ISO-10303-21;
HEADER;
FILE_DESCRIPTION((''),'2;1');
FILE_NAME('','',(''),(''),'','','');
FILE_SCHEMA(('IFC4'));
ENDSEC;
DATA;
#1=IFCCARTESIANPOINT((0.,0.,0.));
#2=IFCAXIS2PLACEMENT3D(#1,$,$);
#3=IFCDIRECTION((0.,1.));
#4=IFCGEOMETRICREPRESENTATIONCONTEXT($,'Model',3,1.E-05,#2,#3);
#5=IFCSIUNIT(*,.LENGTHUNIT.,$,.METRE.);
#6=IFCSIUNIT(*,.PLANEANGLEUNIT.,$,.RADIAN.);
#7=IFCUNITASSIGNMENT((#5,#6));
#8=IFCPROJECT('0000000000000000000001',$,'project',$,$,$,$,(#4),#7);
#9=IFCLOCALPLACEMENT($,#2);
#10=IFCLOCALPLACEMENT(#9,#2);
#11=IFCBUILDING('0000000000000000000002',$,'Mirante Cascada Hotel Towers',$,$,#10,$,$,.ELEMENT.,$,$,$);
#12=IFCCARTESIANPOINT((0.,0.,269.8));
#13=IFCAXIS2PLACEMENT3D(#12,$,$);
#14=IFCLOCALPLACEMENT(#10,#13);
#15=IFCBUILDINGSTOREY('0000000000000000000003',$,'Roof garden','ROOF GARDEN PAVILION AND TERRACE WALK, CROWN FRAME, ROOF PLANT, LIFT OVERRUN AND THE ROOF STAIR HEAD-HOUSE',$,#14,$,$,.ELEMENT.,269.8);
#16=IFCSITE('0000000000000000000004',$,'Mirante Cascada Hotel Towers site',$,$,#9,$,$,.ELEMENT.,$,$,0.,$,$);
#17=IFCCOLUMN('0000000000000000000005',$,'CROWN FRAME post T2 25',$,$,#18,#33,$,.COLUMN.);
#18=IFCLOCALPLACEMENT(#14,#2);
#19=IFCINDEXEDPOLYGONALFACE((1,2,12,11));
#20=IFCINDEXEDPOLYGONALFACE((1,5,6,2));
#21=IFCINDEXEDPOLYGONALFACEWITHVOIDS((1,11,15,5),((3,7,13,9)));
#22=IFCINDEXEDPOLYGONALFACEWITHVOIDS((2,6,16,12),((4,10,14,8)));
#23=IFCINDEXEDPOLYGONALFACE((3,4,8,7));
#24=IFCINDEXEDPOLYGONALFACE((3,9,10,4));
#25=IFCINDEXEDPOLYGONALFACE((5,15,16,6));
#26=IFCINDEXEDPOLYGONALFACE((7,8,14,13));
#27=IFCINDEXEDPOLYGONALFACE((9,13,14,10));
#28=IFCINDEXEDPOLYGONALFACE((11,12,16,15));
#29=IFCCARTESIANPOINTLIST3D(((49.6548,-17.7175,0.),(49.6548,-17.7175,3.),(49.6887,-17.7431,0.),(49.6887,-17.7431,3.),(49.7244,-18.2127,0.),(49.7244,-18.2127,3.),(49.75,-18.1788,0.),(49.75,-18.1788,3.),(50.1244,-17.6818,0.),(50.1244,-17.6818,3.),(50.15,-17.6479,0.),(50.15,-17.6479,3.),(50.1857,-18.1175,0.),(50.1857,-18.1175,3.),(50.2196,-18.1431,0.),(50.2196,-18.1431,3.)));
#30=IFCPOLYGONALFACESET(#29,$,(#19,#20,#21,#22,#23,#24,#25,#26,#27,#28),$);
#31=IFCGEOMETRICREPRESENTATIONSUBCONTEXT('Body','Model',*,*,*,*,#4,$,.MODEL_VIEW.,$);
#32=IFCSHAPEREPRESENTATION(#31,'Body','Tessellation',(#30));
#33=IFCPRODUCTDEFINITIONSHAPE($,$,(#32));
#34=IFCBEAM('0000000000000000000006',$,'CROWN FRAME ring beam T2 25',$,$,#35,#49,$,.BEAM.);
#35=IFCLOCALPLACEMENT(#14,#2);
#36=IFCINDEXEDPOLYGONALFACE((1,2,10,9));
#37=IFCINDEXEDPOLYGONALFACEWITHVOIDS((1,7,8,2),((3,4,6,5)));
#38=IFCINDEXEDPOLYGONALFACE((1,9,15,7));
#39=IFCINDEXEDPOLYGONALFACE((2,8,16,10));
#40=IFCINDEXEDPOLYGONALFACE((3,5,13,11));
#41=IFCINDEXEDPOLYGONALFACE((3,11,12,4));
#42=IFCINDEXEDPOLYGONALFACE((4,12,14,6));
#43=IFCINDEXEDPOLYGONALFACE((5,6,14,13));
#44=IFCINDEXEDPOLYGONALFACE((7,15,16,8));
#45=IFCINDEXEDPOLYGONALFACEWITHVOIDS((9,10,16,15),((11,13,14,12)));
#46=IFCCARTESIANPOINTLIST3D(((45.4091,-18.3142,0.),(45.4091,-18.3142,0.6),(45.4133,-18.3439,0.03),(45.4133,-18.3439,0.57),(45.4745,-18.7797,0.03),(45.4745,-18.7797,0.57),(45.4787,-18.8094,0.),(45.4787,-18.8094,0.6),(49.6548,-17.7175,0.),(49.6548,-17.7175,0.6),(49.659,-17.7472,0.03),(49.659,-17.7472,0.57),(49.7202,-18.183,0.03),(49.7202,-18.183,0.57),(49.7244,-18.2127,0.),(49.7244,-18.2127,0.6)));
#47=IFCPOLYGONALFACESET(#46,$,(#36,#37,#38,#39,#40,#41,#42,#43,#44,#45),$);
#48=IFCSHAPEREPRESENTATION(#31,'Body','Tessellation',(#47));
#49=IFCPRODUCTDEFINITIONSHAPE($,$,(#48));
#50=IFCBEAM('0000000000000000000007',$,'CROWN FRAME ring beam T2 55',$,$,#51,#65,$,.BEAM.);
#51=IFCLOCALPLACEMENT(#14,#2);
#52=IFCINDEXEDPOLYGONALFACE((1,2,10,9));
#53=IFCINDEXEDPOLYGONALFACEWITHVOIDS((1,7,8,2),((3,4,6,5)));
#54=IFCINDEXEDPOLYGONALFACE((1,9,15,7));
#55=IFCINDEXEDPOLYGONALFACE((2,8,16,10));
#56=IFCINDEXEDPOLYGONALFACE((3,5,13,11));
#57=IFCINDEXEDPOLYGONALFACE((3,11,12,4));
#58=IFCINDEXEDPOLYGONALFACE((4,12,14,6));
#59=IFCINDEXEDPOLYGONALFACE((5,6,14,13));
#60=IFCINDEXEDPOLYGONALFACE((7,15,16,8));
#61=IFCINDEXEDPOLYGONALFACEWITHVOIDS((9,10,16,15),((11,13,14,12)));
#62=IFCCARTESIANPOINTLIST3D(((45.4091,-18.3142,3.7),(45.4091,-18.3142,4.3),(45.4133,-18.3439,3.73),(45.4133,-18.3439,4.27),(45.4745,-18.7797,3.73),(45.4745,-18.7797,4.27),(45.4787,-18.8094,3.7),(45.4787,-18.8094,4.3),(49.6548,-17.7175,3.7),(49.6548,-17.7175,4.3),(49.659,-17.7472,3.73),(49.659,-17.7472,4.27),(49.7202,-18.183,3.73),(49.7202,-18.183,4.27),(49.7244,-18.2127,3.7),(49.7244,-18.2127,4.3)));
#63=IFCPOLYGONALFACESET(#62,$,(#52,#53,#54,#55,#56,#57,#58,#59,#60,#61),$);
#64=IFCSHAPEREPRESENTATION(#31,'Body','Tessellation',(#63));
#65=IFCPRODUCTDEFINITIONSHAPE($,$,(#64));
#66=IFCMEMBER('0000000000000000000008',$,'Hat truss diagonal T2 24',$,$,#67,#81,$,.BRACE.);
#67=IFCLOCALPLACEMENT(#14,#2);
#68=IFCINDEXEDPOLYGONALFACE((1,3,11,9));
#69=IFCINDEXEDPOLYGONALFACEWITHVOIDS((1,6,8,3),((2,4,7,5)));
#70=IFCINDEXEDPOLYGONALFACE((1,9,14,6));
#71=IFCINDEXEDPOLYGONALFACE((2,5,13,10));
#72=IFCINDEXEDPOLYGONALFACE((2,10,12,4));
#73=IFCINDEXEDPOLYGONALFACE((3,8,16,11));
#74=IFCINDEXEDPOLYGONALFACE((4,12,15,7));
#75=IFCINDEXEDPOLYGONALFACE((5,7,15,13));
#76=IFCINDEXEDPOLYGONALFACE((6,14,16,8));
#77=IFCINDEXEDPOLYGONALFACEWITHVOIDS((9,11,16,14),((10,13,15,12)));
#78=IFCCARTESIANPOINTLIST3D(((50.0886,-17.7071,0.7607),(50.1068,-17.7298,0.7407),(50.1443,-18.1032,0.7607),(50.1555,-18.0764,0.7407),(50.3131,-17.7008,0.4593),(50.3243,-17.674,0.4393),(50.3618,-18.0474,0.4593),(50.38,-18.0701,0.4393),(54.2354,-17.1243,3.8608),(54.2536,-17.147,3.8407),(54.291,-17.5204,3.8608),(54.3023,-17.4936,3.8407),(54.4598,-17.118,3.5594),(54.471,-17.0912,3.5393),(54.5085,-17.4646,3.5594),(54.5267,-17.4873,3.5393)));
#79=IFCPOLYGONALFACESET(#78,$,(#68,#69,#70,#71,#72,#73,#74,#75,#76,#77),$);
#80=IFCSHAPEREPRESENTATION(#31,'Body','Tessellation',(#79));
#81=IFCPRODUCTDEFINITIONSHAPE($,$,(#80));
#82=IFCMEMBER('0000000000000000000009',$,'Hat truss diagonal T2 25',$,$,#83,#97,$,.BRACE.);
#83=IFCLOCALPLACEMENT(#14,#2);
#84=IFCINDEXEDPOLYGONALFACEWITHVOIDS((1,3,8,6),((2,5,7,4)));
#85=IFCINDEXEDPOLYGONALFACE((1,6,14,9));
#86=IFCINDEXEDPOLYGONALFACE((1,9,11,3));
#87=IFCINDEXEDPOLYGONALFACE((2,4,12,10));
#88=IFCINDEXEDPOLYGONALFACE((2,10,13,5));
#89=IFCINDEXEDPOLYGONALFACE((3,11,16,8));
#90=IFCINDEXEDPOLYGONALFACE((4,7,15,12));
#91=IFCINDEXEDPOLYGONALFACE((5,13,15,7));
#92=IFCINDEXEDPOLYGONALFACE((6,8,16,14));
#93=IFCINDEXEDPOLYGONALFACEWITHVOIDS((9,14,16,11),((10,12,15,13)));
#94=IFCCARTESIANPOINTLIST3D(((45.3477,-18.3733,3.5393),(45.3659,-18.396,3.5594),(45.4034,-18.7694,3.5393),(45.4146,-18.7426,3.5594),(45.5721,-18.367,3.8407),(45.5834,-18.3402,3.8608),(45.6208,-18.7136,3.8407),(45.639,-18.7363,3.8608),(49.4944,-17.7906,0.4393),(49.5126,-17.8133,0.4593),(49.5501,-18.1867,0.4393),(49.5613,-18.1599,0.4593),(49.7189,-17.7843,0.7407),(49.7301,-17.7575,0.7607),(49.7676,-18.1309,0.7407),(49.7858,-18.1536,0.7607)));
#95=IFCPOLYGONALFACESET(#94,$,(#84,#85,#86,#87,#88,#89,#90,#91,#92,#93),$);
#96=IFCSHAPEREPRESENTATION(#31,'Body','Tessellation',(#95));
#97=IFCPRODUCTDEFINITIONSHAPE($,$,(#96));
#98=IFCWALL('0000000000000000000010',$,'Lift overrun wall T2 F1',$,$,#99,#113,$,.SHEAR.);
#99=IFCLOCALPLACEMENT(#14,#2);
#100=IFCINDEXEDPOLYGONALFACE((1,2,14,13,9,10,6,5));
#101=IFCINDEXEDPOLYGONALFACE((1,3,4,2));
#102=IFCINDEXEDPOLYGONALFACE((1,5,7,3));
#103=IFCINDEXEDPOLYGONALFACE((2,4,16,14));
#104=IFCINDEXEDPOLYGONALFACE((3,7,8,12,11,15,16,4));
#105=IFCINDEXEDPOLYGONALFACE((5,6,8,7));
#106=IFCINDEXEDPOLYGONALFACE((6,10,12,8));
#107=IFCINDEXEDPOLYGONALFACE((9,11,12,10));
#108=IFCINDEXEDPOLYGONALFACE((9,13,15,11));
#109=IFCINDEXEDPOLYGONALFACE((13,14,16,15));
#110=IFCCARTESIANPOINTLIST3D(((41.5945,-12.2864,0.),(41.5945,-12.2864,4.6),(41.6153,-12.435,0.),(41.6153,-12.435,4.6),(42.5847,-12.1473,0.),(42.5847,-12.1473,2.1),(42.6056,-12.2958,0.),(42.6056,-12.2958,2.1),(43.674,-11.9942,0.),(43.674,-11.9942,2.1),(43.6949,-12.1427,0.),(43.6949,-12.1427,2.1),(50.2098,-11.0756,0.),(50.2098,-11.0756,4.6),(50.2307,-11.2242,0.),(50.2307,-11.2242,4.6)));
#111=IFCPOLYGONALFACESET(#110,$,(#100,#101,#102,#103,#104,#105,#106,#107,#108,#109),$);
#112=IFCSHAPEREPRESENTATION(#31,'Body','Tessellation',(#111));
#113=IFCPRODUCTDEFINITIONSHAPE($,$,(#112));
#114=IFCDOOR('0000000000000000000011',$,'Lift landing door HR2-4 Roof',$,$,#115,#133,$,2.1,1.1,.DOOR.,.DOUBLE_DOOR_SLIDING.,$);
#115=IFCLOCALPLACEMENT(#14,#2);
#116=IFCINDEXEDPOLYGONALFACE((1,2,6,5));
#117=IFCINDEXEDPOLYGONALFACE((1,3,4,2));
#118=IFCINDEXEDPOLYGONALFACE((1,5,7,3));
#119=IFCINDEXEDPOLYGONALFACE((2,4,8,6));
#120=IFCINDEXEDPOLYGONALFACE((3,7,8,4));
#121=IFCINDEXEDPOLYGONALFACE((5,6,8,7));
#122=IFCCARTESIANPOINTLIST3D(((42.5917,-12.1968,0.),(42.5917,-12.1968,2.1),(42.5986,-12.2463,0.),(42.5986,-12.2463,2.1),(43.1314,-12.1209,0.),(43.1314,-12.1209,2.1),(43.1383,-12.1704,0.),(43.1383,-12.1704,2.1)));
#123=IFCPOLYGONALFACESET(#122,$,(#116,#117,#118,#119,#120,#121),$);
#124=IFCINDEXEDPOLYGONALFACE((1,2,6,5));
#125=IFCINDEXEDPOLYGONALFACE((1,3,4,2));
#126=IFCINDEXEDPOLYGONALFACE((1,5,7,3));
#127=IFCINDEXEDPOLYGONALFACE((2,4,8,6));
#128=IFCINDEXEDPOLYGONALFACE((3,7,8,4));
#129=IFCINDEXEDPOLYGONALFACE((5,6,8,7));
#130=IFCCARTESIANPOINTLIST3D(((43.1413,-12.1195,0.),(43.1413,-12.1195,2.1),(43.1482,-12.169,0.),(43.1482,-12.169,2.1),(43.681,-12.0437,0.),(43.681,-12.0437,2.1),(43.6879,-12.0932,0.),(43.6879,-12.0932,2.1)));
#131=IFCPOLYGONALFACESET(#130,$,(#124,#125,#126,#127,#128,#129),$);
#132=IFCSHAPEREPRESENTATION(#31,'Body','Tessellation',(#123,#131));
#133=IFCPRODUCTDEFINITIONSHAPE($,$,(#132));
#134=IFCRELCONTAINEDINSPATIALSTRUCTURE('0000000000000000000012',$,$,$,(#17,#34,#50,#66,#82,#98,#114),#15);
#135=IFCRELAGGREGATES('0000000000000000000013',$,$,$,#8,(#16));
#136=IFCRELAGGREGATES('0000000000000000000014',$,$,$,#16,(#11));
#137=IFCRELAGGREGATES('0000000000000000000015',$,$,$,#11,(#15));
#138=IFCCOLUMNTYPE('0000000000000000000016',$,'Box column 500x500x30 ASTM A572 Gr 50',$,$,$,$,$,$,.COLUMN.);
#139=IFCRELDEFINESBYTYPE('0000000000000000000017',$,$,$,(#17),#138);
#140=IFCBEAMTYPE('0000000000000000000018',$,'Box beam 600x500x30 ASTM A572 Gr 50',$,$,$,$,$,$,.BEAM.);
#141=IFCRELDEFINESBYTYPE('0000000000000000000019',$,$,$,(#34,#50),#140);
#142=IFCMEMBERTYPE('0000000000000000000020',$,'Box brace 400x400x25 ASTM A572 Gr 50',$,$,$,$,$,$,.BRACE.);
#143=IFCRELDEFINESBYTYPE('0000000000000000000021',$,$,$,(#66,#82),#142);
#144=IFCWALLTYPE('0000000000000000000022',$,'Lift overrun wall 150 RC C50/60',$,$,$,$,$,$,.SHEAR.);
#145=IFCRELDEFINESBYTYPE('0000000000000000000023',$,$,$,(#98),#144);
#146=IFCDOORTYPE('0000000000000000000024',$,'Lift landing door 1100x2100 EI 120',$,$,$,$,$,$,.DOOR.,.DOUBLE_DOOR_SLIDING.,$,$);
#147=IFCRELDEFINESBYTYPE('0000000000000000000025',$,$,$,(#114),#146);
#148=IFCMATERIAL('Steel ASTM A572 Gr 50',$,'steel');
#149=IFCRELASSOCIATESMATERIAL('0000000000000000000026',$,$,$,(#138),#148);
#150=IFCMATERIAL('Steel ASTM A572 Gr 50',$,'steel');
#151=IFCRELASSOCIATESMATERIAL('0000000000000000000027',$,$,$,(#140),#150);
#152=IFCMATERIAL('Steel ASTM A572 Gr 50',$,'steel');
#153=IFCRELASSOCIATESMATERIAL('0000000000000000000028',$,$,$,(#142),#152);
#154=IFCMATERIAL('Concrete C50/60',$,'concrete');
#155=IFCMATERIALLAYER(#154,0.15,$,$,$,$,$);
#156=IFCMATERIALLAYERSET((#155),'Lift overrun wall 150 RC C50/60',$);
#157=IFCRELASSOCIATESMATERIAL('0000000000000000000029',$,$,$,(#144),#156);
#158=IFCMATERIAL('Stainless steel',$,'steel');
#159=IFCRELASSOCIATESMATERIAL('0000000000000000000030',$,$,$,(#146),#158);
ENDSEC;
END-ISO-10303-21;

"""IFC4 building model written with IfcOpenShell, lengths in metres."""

from ifc_helpers import new_model, si_unit, direction, frame, frame_2d, origin, origin_2d, place, context, subcontext, project, spatial, rectangle, hollow_rectangle, extrude, material, layer, layer_set, material_profile, profile_set, type_object, element, fill, save


model = new_model("IFC4")

# Units and contexts
model_context = context("Model", 3, precision=1e-05, world=origin(), true_north=direction((0.0, 1.0)))
body_context = subcontext(model_context, "Body", "Model", "MODEL_VIEW")
ifc_project = project(units=[si_unit("LENGTHUNIT", "METRE"), si_unit("PLANEANGLEUNIT", "RADIAN")], contexts=[model_context])

# Site, building, storey
site_placement = place(None, origin())
site = spatial("IfcSite", under=ifc_project, at=site_placement, Name="Mirante Cascada Hotel Towers site", CompositionType="ELEMENT", RefElevation=0.0)
building_placement = place(site_placement, origin())
building = spatial("IfcBuilding", under=site, at=building_placement, Name="Mirante Cascada Hotel Towers", CompositionType="ELEMENT")
storey_placement = place(building_placement, frame((0.0, 0.0, 269.8)))
storey = spatial("IfcBuildingStorey", under=building, at=storey_placement, Name="Roof garden", Description="ROOF GARDEN PAVILION AND TERRACE WALK, CROWN FRAME, ROOF PLANT, LIFT OVERRUN AND THE ROOF STAIR HEAD-HOUSE", CompositionType="ELEMENT", Elevation=269.8)

# Column
ifc_material_1 = material(Name="Steel ASTM A572 Gr 50", Category="steel")
ifc_material_profile_1 = material_profile(ifc_material_1, hollow_rectangle(XDim=0.5, YDim=0.5, WallThickness=0.03, at=origin_2d()), Name="Box column 500x500x30 ASTM A572 Gr 50")
ifc_profile_set_1 = profile_set([ifc_material_profile_1], Name="Steel ASTM A572 Gr 50")
column_type = type_object("IfcColumnType", Name="Box column 500x500x30 ASTM A572 Gr 50", PredefinedType="COLUMN", material=ifc_profile_set_1)
column_placement = place(storey_placement, frame((49.9372, -17.9303, 0.0), z_axis=(0.0, 0.0, 1.0), x_axis=(0.990268, 0.139173, 0.0)))
element("IfcColumn", 1, at=column_placement, inside=storey, type_object=column_type, Name="CROWN FRAME post T2 25", PredefinedType="COLUMN", context=body_context, shape_type="SweptSolid", body=[
    extrude(hollow_rectangle(XDim=0.5, YDim=0.5, WallThickness=0.03, at=origin_2d()), origin(), (0.0, 0.0, 1.0), 3.0),
])

# Beams
ifc_material_2 = material(Name="Steel ASTM A572 Gr 50", Category="steel")
ifc_material_profile_2 = material_profile(ifc_material_2, hollow_rectangle(XDim=0.5, YDim=0.6, WallThickness=0.03, at=origin_2d()), Name="Box beam 600x500x30 ASTM A572 Gr 50")
ifc_profile_set_2 = profile_set([ifc_material_profile_2], Name="Steel ASTM A572 Gr 50")
beam_type = type_object("IfcBeamType", Name="Box beam 600x500x30 ASTM A572 Gr 50", PredefinedType="BEAM", material=ifc_profile_set_2)
for number, where, z_axis, x_axis, name in (
    (2, (49.6896, -17.9651, 0.3), (-0.990268, -0.139174, 0.0), (0.139174, -0.990268, 0.0), "CROWN FRAME ring beam T2 25"),
    (3, (49.6896, -17.9651, 4.0), (-0.990268, -0.139174, 0.0), (0.139174, -0.990268, 0.0), "CROWN FRAME ring beam T2 55"),
):
    element("IfcBeam", number, at=place(storey_placement, frame(where, z_axis=z_axis, x_axis=x_axis)), inside=storey, type_object=beam_type, Name=name, PredefinedType="BEAM", context=body_context, shape_type="SweptSolid", body=[
        extrude(hollow_rectangle(XDim=0.5, YDim=0.6, WallThickness=0.03, at=origin_2d()), origin(), (0.0, 0.0, 1.0), 4.2874),
    ])

# Members
ifc_material_3 = material(Name="Steel ASTM A572 Gr 50", Category="steel")
ifc_material_profile_3 = material_profile(ifc_material_3, hollow_rectangle(XDim=0.4, YDim=0.4, WallThickness=0.025, at=origin_2d()), Name="Box brace 400x400x25 ASTM A572 Gr 50")
ifc_profile_set_3 = profile_set([ifc_material_profile_3], Name="Steel ASTM A572 Gr 50")
member_type = type_object("IfcMemberType", Name="Box brace 400x400x25 ASTM A572 Gr 50", PredefinedType="BRACE", material=ifc_profile_set_3)
for number, where, z_axis, x_axis, name in (
    (4, (50.2343, -17.8886, 0.6), (0.795902, 0.11186, 0.595002), (-0.139178, 0.990267, 0.0), "Hat truss diagonal T2 24"),
    (5, (49.6401, -17.9721, 0.6), (-0.795903, -0.111841, 0.595004), (0.139154, -0.990271, 0.0), "Hat truss diagonal T2 25"),
):
    element("IfcMember", number, at=place(storey_placement, frame(where, z_axis=z_axis, x_axis=x_axis)), inside=storey, type_object=member_type, Name=name, PredefinedType="BRACE", context=body_context, shape_type="SweptSolid", body=[
        extrude(hollow_rectangle(XDim=0.4, YDim=0.4, WallThickness=0.025, at=origin_2d()), origin(), (0.0, 0.0, 1.0), 5.2101),
    ])

# Wall, opening, door
ifc_material_4 = material(Name="Concrete C50/60", Category="concrete")
ifc_layer_1 = layer(ifc_material_4, 0.15)
ifc_layer_set_1 = layer_set([ifc_layer_1], Name="Lift overrun wall 150 RC C50/60")
wall_type_1 = type_object("IfcWallType", Name="Lift overrun wall 150 RC C50/60", PredefinedType="SHEAR", material=ifc_layer_set_1)
wall_1_placement = place(storey_placement, frame((41.6049, -12.3607, 0.0), z_axis=(0.0, 0.0, 1.0), x_axis=(0.990268, 0.139173, 0.0)))
wall_1 = element("IfcWall", 6, at=wall_1_placement, inside=storey, type_object=wall_type_1, Name="Lift overrun wall T2 F1", PredefinedType="SHEAR", context=body_context, shape_type="SweptSolid", body=[
    extrude(rectangle(XDim=8.7, YDim=0.15, at=frame_2d((4.35, 0.0))), origin(), (0.0, 0.0, 1.0), 4.6),
])
opening_1_placement = place(wall_1_placement, frame((1.0, 0.0, 0.0)))
opening_1 = element("IfcOpeningElement", 7, at=opening_1_placement, cuts=wall_1, PredefinedType="OPENING", context=body_context, shape_type="SweptSolid", body=[
    extrude(rectangle(XDim=1.1, YDim=2.1, at=frame_2d((0.55, 1.05))), frame((0.0, 0.075, 0.0), z_axis=(0.0, -1.0, 0.0), x_axis=(1.0, 0.0, 0.0)), (0.0, 0.0, 1.0), 0.15),
])
ifc_material_5 = material(Name="Stainless steel", Category="steel")
door_type = type_object("IfcDoorType", Name="Lift landing door 1100x2100 EI 120", OperationType="DOUBLE_DOOR_SLIDING", PredefinedType="DOOR", material=ifc_material_5)
door_1_placement = place(opening_1_placement, origin())
door_1 = element("IfcDoor", 8, at=door_1_placement, inside=storey, type_object=door_type, Name="Lift landing door HR2-4 Roof", OperationType="DOUBLE_DOOR_SLIDING", OverallHeight=2.1, OverallWidth=1.1, PredefinedType="DOOR", context=body_context, shape_type="SweptSolid", body=[
    extrude(rectangle(XDim=0.545, YDim=2.1, at=frame_2d((0.2725, 1.05))), frame((0.0, 0.025, 0.0), z_axis=(0.0, -1.0, 0.0), x_axis=(1.0, 0.0, 0.0)), (0.0, 0.0, 1.0), 0.05),
    extrude(rectangle(XDim=0.545, YDim=2.1, at=frame_2d((0.8275, 1.05))), frame((0.0, 0.025, 0.0), z_axis=(0.0, -1.0, 0.0), x_axis=(1.0, 0.0, 0.0)), (0.0, 0.0, 1.0), 0.05),
])
fill(opening_1, door_1)

save(model, "model.ifc")
